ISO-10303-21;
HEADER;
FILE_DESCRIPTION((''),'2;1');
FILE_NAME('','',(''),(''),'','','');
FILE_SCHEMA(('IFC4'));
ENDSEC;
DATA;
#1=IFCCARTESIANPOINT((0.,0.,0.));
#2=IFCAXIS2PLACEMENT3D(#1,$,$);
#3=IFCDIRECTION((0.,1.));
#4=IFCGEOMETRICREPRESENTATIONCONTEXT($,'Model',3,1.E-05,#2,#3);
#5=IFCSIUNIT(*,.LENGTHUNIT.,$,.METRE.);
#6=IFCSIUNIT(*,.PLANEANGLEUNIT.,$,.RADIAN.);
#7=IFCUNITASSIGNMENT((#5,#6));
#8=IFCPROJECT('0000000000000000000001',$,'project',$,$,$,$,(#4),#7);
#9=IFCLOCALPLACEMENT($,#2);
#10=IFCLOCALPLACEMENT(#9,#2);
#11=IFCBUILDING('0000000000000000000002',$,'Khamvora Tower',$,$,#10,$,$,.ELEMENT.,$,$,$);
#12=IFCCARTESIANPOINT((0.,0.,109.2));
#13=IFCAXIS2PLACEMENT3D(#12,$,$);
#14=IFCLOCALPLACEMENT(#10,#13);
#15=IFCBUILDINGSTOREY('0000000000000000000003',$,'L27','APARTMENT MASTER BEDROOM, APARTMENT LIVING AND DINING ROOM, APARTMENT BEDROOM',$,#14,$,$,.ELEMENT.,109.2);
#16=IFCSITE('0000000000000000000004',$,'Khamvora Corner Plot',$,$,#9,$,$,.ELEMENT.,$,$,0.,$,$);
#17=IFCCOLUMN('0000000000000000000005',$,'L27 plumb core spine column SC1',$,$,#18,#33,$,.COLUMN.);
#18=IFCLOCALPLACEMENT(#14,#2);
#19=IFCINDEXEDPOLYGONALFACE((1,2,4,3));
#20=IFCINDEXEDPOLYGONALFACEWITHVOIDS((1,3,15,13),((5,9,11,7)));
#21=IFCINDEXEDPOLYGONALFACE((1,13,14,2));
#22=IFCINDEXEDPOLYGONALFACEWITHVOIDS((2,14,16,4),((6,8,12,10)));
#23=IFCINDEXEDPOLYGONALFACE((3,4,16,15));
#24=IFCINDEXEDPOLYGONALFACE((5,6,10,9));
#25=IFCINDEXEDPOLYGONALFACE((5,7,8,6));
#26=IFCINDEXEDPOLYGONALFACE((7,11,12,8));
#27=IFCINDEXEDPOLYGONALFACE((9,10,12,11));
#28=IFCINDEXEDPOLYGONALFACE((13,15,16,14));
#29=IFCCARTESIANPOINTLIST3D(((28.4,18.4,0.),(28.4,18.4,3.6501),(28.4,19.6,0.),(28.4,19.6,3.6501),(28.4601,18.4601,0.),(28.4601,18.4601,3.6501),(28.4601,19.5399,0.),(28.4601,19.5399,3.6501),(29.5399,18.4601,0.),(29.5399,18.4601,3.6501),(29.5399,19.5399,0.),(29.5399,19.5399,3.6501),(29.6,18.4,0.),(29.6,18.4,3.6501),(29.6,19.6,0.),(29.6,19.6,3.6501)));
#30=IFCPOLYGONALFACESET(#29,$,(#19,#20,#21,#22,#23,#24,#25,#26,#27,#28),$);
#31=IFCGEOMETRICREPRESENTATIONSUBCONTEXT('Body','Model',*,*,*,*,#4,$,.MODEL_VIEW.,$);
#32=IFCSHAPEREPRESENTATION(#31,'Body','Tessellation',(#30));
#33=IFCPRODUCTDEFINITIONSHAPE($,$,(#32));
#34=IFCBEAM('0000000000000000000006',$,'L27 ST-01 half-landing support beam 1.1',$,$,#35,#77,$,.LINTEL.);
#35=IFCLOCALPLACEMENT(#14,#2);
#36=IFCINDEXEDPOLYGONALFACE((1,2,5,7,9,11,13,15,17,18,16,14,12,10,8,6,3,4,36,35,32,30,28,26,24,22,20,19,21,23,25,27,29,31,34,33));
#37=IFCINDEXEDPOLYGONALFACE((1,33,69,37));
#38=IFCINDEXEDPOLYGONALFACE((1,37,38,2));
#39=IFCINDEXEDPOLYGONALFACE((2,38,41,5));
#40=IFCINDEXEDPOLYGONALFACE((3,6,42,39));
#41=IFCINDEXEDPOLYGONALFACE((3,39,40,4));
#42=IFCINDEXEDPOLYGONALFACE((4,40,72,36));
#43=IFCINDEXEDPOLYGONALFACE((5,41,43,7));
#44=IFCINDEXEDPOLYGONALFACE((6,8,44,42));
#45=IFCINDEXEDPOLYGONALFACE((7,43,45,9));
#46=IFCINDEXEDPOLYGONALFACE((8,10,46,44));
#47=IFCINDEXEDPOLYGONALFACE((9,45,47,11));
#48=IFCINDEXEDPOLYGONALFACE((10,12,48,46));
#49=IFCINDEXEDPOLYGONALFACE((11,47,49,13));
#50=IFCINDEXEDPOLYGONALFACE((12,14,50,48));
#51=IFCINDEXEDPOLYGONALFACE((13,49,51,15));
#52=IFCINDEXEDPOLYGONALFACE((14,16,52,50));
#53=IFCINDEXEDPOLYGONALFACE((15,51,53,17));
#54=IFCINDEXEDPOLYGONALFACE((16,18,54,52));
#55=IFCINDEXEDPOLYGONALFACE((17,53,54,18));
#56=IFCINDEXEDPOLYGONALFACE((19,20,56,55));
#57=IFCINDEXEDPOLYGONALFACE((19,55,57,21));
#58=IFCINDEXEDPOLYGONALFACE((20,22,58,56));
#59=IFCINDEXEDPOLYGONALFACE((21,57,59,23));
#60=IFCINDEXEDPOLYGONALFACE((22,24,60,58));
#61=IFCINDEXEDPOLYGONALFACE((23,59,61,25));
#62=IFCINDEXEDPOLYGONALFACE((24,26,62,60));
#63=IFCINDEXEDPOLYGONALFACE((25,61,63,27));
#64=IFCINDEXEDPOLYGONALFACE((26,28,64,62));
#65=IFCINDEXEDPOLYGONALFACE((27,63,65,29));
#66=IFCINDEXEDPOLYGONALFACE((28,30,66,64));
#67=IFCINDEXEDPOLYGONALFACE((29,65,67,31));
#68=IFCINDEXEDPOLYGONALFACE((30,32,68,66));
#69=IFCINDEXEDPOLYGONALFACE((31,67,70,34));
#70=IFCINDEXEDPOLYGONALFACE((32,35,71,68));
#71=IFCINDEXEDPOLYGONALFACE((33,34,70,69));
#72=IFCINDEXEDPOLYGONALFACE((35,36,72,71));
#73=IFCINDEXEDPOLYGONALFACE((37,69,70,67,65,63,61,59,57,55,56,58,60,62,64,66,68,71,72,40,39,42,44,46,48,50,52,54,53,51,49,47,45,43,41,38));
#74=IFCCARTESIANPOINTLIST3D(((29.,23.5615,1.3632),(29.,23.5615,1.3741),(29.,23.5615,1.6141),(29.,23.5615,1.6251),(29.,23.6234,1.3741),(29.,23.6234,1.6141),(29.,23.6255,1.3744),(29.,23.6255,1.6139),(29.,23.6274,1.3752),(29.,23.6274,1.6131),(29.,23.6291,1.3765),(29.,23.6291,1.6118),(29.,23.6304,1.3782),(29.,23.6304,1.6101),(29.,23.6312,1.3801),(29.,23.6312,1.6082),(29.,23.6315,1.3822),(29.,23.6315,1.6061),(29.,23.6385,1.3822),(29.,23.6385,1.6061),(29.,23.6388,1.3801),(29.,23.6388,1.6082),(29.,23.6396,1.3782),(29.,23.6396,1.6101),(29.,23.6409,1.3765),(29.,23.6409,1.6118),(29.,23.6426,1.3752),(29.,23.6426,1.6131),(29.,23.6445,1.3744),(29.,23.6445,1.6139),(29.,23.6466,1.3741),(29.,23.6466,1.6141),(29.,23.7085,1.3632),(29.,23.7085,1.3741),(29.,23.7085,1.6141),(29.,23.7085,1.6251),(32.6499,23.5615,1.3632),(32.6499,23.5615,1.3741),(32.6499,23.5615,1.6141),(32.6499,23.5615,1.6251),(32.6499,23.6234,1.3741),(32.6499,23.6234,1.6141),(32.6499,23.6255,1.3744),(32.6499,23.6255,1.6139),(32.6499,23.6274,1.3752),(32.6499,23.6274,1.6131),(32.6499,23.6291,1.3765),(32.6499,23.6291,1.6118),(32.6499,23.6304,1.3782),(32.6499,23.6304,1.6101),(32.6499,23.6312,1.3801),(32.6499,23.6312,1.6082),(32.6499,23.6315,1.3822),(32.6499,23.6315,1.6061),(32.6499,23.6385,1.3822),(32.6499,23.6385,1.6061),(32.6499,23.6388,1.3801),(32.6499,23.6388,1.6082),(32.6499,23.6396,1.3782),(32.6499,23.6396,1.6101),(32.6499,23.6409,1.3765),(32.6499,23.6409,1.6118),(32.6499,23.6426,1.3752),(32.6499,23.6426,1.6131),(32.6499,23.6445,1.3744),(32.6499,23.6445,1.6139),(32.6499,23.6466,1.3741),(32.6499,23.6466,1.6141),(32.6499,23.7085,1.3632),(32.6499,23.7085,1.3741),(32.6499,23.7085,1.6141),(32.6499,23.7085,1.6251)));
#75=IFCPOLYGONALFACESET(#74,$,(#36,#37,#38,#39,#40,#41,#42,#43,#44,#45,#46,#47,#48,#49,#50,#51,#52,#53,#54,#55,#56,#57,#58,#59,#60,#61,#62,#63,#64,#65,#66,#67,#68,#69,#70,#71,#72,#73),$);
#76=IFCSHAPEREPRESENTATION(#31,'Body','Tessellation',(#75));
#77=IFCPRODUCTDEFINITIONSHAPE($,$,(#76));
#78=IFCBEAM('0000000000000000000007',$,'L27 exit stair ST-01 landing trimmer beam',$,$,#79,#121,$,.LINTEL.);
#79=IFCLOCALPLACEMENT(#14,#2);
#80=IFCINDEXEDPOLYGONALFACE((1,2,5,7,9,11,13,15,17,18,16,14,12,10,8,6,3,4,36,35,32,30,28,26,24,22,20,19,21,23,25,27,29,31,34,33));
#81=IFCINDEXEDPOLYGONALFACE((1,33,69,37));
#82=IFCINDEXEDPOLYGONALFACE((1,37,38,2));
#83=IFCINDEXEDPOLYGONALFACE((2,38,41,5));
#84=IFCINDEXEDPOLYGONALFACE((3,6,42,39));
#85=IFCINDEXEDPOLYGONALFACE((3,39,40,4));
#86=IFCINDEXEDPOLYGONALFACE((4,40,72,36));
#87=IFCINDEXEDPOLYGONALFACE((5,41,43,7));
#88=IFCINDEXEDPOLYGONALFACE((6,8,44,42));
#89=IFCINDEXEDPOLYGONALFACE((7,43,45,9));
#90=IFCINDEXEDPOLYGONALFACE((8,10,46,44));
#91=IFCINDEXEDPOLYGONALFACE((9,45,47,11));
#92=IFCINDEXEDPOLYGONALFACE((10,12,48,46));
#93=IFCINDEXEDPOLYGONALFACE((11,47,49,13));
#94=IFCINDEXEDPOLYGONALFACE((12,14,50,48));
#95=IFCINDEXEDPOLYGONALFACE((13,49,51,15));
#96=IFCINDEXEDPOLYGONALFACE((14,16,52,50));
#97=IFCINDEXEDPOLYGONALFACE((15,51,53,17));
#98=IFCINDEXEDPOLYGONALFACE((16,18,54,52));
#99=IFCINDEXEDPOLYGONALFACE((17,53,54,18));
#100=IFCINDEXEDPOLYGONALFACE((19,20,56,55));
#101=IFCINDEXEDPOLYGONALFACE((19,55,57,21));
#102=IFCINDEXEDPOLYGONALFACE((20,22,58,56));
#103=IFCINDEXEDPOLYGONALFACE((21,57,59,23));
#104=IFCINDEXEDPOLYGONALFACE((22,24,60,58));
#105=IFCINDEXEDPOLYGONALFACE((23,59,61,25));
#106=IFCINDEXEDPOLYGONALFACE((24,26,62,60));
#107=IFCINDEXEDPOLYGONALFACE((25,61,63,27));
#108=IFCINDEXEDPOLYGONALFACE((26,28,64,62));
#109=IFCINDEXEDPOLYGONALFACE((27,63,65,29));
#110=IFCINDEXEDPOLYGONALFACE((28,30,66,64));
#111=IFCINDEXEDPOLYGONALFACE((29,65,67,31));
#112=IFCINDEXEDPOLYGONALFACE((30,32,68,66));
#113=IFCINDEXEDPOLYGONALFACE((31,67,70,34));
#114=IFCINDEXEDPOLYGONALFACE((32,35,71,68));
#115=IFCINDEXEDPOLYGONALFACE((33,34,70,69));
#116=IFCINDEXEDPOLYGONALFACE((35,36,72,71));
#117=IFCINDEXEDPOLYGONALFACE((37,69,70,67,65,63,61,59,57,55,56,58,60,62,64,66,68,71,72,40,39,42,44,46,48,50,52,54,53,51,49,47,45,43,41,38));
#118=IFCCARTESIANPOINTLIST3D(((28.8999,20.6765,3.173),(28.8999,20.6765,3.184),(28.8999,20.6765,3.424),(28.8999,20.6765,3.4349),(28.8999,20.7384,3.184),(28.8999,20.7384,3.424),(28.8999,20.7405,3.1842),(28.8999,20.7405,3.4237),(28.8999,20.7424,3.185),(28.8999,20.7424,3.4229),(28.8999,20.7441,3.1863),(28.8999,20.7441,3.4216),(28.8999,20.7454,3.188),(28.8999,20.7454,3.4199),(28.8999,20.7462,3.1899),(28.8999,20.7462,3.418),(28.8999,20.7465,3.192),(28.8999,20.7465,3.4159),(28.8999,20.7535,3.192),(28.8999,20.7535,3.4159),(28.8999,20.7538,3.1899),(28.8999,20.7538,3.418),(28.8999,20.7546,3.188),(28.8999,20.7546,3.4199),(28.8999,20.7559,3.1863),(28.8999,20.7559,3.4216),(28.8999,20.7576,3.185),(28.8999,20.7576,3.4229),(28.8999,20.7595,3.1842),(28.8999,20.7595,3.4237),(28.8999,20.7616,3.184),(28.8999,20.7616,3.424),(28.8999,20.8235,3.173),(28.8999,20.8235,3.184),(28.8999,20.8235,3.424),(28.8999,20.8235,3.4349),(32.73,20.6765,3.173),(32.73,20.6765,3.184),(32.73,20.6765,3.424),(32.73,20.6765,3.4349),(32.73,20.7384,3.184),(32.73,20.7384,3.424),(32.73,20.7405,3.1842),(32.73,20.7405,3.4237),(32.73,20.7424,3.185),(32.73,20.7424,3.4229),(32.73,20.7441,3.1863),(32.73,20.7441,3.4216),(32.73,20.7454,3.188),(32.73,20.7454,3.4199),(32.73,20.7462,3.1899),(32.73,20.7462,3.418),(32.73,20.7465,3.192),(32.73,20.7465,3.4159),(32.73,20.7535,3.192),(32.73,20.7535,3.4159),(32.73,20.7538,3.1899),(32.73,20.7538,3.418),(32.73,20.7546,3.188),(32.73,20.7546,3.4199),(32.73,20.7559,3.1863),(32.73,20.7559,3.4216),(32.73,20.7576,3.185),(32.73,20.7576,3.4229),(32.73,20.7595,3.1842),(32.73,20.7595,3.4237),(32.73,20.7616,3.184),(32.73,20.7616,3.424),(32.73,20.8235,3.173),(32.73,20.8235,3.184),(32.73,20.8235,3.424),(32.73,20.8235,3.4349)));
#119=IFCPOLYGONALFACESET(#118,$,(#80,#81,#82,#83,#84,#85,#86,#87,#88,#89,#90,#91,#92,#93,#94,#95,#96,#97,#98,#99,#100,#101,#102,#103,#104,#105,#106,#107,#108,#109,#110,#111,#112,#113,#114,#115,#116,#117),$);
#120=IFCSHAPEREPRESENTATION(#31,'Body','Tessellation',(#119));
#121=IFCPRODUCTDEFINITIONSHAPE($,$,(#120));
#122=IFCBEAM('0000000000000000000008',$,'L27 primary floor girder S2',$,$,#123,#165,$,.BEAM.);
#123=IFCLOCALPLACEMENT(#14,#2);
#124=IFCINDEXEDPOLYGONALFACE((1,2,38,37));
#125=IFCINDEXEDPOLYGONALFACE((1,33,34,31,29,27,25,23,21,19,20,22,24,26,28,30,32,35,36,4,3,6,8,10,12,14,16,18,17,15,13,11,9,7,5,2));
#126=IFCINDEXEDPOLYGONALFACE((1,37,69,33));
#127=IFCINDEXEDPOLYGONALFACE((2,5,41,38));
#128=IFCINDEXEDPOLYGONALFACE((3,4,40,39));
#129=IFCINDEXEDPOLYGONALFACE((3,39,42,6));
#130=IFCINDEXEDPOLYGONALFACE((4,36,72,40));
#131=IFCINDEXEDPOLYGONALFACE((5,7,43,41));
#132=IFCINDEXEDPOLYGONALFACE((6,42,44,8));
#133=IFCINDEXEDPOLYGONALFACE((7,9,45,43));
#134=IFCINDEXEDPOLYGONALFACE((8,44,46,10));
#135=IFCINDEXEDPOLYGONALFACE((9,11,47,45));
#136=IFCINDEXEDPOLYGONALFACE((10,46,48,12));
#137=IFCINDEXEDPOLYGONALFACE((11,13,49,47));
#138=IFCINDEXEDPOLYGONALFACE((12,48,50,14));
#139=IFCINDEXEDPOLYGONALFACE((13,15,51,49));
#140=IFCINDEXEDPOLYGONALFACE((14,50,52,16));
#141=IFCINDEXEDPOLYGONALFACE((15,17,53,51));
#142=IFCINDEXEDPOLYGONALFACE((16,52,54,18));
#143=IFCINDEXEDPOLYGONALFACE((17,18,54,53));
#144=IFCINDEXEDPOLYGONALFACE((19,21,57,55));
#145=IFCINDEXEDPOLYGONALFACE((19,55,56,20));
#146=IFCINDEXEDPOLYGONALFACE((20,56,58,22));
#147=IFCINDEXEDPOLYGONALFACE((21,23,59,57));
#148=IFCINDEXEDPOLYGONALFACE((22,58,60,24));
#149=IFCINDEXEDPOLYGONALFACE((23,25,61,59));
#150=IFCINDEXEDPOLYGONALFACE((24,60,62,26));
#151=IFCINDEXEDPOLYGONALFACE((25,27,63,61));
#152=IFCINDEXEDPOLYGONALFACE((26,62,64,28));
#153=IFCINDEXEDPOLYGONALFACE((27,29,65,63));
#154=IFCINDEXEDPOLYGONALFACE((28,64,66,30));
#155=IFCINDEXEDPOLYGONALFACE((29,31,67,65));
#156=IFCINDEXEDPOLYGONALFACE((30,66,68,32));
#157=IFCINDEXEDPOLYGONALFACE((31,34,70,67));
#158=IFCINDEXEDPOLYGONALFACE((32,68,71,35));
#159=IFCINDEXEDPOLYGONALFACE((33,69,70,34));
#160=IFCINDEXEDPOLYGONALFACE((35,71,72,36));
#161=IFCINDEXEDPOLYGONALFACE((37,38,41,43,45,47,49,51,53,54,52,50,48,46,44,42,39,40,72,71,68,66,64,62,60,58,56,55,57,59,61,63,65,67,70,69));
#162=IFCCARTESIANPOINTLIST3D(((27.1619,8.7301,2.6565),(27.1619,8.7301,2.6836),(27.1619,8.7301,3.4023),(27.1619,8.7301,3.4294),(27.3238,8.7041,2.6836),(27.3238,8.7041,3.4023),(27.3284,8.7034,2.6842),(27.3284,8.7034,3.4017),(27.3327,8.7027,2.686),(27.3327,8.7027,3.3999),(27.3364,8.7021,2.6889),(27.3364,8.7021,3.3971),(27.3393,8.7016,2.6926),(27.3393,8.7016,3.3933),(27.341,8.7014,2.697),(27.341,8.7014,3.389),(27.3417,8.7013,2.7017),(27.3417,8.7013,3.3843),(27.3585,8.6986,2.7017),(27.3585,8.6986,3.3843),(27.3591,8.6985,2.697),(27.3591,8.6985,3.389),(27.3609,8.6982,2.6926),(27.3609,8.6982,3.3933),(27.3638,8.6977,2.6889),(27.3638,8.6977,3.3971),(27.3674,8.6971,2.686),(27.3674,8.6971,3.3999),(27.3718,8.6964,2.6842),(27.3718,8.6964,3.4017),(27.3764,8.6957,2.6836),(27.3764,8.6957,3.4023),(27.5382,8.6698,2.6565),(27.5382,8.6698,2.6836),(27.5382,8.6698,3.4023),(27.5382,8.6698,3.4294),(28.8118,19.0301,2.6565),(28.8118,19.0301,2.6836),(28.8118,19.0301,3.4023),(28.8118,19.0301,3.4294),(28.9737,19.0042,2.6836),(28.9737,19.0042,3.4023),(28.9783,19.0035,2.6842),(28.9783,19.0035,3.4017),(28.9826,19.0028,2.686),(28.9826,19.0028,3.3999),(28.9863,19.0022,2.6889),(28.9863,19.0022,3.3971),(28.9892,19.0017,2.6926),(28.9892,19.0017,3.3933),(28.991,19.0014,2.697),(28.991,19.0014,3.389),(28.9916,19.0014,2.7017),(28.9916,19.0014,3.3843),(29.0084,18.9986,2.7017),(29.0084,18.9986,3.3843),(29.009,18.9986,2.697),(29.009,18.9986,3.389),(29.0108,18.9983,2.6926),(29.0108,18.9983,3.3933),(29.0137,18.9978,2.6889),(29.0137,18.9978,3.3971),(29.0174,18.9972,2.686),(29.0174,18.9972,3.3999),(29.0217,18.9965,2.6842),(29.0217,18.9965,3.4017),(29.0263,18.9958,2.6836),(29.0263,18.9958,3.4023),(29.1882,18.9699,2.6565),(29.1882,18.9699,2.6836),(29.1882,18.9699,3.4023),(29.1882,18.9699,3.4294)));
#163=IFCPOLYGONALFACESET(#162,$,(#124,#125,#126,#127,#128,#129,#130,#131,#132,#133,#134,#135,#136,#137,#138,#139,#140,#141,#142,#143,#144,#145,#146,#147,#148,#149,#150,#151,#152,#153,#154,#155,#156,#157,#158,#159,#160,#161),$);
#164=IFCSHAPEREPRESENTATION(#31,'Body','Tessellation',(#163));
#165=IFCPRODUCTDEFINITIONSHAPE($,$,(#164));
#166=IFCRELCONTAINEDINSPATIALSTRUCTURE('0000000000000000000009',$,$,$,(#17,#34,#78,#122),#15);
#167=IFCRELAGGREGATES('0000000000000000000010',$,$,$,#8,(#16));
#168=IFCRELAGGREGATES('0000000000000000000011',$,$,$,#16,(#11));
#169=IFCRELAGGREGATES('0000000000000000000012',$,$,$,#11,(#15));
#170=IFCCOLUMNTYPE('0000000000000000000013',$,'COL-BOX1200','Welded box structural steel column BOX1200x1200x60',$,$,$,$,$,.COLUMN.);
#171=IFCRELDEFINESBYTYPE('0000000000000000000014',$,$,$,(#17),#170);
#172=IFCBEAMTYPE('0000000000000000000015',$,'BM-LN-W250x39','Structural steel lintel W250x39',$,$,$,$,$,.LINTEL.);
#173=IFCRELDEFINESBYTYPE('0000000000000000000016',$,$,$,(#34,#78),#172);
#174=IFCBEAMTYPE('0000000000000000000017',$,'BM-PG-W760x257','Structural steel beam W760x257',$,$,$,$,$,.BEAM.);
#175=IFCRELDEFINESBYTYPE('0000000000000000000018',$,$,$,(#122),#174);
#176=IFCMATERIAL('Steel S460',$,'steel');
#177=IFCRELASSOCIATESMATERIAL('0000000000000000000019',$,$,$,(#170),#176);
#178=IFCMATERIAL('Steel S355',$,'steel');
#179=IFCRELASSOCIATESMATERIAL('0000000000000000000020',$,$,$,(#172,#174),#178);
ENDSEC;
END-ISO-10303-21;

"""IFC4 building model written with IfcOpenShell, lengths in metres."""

from ifc_helpers import new_model, si_unit, direction, frame, origin, origin_2d, place, context, subcontext, project, spatial, hollow_rectangle, i_section, extrude, material, material_profile, profile_set, type_object, element, save


model = new_model("IFC4")

# Units and contexts
model_context = context("Model", 3, precision=1e-05, world=origin(), true_north=direction((0.0, 1.0)))
body_context = subcontext(model_context, "Body", "Model", "MODEL_VIEW")
ifc_project = project(units=[si_unit("LENGTHUNIT", "METRE"), si_unit("PLANEANGLEUNIT", "RADIAN")], contexts=[model_context])

# Site, building, storey
site_placement = place(None, origin())
site = spatial("IfcSite", under=ifc_project, at=site_placement, Name="Khamvora Corner Plot", CompositionType="ELEMENT", RefElevation=0.0)
building_placement = place(site_placement, origin())
building = spatial("IfcBuilding", under=site, at=building_placement, Name="Khamvora Tower", CompositionType="ELEMENT")
storey_placement = place(building_placement, frame((0.0, 0.0, 109.2)))
storey = spatial("IfcBuildingStorey", under=building, at=storey_placement, Name="L27", Description="APARTMENT MASTER BEDROOM, APARTMENT LIVING AND DINING ROOM, APARTMENT BEDROOM", CompositionType="ELEMENT", Elevation=109.2)

# Column
ifc_material_1 = material(Name="Steel S460", Category="steel")
ifc_material_profile_1 = material_profile(ifc_material_1, hollow_rectangle(XDim=1.2, YDim=1.2, WallThickness=0.0601, at=origin_2d()), Name="BOX1200x1200x60")
ifc_profile_set_1 = profile_set([ifc_material_profile_1], Name="Steel S460")
column_type = type_object("IfcColumnType", Name="COL-BOX1200", Description="Welded box structural steel column BOX1200x1200x60", PredefinedType="COLUMN", material=ifc_profile_set_1)
column_placement = place(storey_placement, frame((29.0, 19.0, 0.0), z_axis=(0.0, 0.0, 1.0), x_axis=(1.0, 0.0, 0.0)))
element("IfcColumn", 1, at=column_placement, inside=storey, type_object=column_type, Name="L27 plumb core spine column SC1", PredefinedType="COLUMN", context=body_context, shape_type="SweptSolid", body=[
    extrude(hollow_rectangle(XDim=1.2, YDim=1.2, WallThickness=0.0601, at=origin_2d()), origin(), (0.0, 0.0, 1.0), 3.6501),
])

# Beams
ifc_material_2 = material(Name="Steel S355", Category="steel")
ifc_material_profile_2 = material_profile(ifc_material_2, i_section(OverallWidth=0.147, OverallDepth=0.262, WebThickness=0.0071, FlangeThickness=0.011, FilletRadius=0.0081, at=origin_2d()), Name="W250x39")
ifc_profile_set_2 = profile_set([ifc_material_profile_2], Name="Steel S355")
beam_type_1 = type_object("IfcBeamType", Name="BM-LN-W250x39", Description="Structural steel lintel W250x39", PredefinedType="LINTEL", material=ifc_profile_set_2)
beam_1_placement = place(storey_placement, frame((29.0, 23.635, 1.4941), z_axis=(1.0, 0.0, 0.0), x_axis=(0.0, 1.0, 0.0)))
element("IfcBeam", 2, at=beam_1_placement, inside=storey, type_object=beam_type_1, Name="L27 ST-01 half-landing support beam 1.1", PredefinedType="LINTEL", context=body_context, shape_type="SweptSolid", body=[
    extrude(i_section(OverallWidth=0.147, OverallDepth=0.262, WebThickness=0.0071, FlangeThickness=0.011, FilletRadius=0.0081, at=origin_2d()), origin(), (0.0, 0.0, 1.0), 3.6499),
])
beam_2_placement = place(storey_placement, frame((28.8999, 20.75, 3.304), z_axis=(1.0, 0.0, 0.0), x_axis=(0.0, 1.0, 0.0)))
element("IfcBeam", 3, at=beam_2_placement, inside=storey, type_object=beam_type_1, Name="L27 exit stair ST-01 landing trimmer beam", PredefinedType="LINTEL", context=body_context, shape_type="SweptSolid", body=[
    extrude(i_section(OverallWidth=0.147, OverallDepth=0.262, WebThickness=0.0071, FlangeThickness=0.011, FilletRadius=0.0081, at=origin_2d()), origin(), (0.0, 0.0, 1.0), 3.8301),
])
ifc_material_profile_3 = material_profile(ifc_material_2, i_section(OverallWidth=0.3811, OverallDepth=0.7729, WebThickness=0.0171, FlangeThickness=0.0271, FilletRadius=0.0181, at=origin_2d()), Name="W760x257")
ifc_profile_set_3 = profile_set([ifc_material_profile_3], Name="Steel S355")
beam_type_2 = type_object("IfcBeamType", Name="BM-PG-W760x257", Description="Structural steel beam W760x257", PredefinedType="BEAM", material=ifc_profile_set_3)
beam_3_placement = place(storey_placement, frame((29.0, 19.0, 3.043), z_axis=(-0.158168, -0.987412, 0.0), x_axis=(0.987412, -0.158168, 0.0)))
element("IfcBeam", 4, at=beam_3_placement, inside=storey, type_object=beam_type_2, Name="L27 primary floor girder S2", PredefinedType="BEAM", context=body_context, shape_type="SweptSolid", body=[
    extrude(i_section(OverallWidth=0.3811, OverallDepth=0.7729, WebThickness=0.0171, FlangeThickness=0.0271, FilletRadius=0.0181, at=origin_2d()), origin(), (0.0, 0.0, 1.0), 10.4314),
])

save(model, "model.ifc")
